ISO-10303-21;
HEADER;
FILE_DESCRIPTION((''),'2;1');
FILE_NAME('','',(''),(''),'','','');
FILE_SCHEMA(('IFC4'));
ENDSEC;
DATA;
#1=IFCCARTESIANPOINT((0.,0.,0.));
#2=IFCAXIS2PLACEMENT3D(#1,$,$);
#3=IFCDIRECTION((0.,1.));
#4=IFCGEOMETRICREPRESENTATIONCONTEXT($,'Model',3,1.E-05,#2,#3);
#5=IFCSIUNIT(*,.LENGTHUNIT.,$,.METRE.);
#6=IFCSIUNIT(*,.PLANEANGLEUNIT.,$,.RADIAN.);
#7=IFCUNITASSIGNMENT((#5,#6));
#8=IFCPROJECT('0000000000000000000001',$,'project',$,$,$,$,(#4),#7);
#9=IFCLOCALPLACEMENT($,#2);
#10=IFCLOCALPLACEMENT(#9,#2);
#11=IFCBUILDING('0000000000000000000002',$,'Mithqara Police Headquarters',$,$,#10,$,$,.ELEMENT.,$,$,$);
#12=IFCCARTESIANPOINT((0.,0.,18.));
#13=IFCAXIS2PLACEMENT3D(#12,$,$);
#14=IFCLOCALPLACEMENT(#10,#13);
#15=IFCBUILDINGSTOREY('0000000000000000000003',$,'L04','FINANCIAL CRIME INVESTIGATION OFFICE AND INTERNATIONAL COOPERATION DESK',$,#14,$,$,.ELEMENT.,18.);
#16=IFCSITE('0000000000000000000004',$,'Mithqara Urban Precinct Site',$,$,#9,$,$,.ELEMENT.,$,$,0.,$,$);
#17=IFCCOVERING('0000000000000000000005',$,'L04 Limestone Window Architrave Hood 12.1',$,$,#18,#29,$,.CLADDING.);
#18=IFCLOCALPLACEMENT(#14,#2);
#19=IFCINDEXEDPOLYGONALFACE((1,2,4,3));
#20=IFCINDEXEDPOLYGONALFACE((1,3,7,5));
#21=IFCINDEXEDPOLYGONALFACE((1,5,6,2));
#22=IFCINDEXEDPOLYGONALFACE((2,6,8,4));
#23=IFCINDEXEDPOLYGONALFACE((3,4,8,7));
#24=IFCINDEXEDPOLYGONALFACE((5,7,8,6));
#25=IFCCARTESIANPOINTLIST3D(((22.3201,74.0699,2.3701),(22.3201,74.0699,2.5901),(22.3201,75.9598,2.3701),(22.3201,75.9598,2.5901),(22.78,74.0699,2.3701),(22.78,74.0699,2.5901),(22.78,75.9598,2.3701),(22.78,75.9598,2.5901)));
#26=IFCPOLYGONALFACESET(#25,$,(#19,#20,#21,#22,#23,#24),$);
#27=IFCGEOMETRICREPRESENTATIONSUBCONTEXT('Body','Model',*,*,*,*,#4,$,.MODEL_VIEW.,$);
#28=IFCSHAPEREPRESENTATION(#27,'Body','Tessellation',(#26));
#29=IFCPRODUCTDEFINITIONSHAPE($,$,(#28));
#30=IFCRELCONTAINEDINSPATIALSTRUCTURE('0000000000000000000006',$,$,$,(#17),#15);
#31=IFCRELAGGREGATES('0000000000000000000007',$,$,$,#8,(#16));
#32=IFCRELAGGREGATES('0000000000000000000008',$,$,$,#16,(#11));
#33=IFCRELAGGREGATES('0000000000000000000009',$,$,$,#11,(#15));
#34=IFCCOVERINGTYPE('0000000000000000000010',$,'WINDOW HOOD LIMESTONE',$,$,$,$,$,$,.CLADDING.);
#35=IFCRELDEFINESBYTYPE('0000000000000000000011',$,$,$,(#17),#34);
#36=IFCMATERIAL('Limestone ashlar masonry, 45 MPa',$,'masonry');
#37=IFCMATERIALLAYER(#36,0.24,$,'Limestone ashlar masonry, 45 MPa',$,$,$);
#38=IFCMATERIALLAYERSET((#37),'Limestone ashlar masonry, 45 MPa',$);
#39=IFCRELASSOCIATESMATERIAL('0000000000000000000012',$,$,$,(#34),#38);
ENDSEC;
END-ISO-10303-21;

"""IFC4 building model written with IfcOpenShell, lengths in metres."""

from ifc_helpers import new_model, si_unit, direction, frame, origin, origin_2d, place, context, subcontext, project, spatial, rectangle, extrude, material, layer, layer_set, type_object, element, save


model = new_model("IFC4")

# Units and contexts
model_context = context("Model", 3, precision=1e-05, world=origin(), true_north=direction((0.0, 1.0)))
body_context = subcontext(model_context, "Body", "Model", "MODEL_VIEW")
ifc_project = project(units=[si_unit("LENGTHUNIT", "METRE"), si_unit("PLANEANGLEUNIT", "RADIAN")], contexts=[model_context])

# Site, building, storey
site_placement = place(None, origin())
site = spatial("IfcSite", under=ifc_project, at=site_placement, Name="Mithqara Urban Precinct Site", CompositionType="ELEMENT", RefElevation=0.0)
building_placement = place(site_placement, origin())
building = spatial("IfcBuilding", under=site, at=building_placement, Name="Mithqara Police Headquarters", CompositionType="ELEMENT")
storey_placement = place(building_placement, frame((0.0, 0.0, 18.0)))
storey = spatial("IfcBuildingStorey", under=building, at=storey_placement, Name="L04", Description="FINANCIAL CRIME INVESTIGATION OFFICE AND INTERNATIONAL COOPERATION DESK", CompositionType="ELEMENT", Elevation=18.0)

# Shared definitions
ifc_material_1 = material(Name="Limestone ashlar masonry, 45 MPa", Category="masonry")

# Covering
ifc_layer_1 = layer(ifc_material_1, 0.24, Name="Limestone ashlar masonry, 45 MPa")
ifc_layer_set_1 = layer_set([ifc_layer_1], Name="Limestone ashlar masonry, 45 MPa")
covering_type = type_object("IfcCoveringType", Name="WINDOW HOOD LIMESTONE", PredefinedType="CLADDING", material=ifc_layer_set_1)
covering_1_placement = place(storey_placement, frame((22.55, 75.0149, 2.3701), z_axis=(0.0, 0.0, 1.0), x_axis=(0.0, 1.0, 0.0)))
element("IfcCovering", 1, at=covering_1_placement, inside=storey, type_object=covering_type, Name="L04 Limestone Window Architrave Hood 12.1", PredefinedType="CLADDING", context=body_context, shape_type="SweptSolid", body=[
    extrude(rectangle(XDim=1.8899, YDim=0.46, at=origin_2d()), origin(), (0.0, 0.0, 1.0), 0.22),
])

save(model, "model.ifc")
